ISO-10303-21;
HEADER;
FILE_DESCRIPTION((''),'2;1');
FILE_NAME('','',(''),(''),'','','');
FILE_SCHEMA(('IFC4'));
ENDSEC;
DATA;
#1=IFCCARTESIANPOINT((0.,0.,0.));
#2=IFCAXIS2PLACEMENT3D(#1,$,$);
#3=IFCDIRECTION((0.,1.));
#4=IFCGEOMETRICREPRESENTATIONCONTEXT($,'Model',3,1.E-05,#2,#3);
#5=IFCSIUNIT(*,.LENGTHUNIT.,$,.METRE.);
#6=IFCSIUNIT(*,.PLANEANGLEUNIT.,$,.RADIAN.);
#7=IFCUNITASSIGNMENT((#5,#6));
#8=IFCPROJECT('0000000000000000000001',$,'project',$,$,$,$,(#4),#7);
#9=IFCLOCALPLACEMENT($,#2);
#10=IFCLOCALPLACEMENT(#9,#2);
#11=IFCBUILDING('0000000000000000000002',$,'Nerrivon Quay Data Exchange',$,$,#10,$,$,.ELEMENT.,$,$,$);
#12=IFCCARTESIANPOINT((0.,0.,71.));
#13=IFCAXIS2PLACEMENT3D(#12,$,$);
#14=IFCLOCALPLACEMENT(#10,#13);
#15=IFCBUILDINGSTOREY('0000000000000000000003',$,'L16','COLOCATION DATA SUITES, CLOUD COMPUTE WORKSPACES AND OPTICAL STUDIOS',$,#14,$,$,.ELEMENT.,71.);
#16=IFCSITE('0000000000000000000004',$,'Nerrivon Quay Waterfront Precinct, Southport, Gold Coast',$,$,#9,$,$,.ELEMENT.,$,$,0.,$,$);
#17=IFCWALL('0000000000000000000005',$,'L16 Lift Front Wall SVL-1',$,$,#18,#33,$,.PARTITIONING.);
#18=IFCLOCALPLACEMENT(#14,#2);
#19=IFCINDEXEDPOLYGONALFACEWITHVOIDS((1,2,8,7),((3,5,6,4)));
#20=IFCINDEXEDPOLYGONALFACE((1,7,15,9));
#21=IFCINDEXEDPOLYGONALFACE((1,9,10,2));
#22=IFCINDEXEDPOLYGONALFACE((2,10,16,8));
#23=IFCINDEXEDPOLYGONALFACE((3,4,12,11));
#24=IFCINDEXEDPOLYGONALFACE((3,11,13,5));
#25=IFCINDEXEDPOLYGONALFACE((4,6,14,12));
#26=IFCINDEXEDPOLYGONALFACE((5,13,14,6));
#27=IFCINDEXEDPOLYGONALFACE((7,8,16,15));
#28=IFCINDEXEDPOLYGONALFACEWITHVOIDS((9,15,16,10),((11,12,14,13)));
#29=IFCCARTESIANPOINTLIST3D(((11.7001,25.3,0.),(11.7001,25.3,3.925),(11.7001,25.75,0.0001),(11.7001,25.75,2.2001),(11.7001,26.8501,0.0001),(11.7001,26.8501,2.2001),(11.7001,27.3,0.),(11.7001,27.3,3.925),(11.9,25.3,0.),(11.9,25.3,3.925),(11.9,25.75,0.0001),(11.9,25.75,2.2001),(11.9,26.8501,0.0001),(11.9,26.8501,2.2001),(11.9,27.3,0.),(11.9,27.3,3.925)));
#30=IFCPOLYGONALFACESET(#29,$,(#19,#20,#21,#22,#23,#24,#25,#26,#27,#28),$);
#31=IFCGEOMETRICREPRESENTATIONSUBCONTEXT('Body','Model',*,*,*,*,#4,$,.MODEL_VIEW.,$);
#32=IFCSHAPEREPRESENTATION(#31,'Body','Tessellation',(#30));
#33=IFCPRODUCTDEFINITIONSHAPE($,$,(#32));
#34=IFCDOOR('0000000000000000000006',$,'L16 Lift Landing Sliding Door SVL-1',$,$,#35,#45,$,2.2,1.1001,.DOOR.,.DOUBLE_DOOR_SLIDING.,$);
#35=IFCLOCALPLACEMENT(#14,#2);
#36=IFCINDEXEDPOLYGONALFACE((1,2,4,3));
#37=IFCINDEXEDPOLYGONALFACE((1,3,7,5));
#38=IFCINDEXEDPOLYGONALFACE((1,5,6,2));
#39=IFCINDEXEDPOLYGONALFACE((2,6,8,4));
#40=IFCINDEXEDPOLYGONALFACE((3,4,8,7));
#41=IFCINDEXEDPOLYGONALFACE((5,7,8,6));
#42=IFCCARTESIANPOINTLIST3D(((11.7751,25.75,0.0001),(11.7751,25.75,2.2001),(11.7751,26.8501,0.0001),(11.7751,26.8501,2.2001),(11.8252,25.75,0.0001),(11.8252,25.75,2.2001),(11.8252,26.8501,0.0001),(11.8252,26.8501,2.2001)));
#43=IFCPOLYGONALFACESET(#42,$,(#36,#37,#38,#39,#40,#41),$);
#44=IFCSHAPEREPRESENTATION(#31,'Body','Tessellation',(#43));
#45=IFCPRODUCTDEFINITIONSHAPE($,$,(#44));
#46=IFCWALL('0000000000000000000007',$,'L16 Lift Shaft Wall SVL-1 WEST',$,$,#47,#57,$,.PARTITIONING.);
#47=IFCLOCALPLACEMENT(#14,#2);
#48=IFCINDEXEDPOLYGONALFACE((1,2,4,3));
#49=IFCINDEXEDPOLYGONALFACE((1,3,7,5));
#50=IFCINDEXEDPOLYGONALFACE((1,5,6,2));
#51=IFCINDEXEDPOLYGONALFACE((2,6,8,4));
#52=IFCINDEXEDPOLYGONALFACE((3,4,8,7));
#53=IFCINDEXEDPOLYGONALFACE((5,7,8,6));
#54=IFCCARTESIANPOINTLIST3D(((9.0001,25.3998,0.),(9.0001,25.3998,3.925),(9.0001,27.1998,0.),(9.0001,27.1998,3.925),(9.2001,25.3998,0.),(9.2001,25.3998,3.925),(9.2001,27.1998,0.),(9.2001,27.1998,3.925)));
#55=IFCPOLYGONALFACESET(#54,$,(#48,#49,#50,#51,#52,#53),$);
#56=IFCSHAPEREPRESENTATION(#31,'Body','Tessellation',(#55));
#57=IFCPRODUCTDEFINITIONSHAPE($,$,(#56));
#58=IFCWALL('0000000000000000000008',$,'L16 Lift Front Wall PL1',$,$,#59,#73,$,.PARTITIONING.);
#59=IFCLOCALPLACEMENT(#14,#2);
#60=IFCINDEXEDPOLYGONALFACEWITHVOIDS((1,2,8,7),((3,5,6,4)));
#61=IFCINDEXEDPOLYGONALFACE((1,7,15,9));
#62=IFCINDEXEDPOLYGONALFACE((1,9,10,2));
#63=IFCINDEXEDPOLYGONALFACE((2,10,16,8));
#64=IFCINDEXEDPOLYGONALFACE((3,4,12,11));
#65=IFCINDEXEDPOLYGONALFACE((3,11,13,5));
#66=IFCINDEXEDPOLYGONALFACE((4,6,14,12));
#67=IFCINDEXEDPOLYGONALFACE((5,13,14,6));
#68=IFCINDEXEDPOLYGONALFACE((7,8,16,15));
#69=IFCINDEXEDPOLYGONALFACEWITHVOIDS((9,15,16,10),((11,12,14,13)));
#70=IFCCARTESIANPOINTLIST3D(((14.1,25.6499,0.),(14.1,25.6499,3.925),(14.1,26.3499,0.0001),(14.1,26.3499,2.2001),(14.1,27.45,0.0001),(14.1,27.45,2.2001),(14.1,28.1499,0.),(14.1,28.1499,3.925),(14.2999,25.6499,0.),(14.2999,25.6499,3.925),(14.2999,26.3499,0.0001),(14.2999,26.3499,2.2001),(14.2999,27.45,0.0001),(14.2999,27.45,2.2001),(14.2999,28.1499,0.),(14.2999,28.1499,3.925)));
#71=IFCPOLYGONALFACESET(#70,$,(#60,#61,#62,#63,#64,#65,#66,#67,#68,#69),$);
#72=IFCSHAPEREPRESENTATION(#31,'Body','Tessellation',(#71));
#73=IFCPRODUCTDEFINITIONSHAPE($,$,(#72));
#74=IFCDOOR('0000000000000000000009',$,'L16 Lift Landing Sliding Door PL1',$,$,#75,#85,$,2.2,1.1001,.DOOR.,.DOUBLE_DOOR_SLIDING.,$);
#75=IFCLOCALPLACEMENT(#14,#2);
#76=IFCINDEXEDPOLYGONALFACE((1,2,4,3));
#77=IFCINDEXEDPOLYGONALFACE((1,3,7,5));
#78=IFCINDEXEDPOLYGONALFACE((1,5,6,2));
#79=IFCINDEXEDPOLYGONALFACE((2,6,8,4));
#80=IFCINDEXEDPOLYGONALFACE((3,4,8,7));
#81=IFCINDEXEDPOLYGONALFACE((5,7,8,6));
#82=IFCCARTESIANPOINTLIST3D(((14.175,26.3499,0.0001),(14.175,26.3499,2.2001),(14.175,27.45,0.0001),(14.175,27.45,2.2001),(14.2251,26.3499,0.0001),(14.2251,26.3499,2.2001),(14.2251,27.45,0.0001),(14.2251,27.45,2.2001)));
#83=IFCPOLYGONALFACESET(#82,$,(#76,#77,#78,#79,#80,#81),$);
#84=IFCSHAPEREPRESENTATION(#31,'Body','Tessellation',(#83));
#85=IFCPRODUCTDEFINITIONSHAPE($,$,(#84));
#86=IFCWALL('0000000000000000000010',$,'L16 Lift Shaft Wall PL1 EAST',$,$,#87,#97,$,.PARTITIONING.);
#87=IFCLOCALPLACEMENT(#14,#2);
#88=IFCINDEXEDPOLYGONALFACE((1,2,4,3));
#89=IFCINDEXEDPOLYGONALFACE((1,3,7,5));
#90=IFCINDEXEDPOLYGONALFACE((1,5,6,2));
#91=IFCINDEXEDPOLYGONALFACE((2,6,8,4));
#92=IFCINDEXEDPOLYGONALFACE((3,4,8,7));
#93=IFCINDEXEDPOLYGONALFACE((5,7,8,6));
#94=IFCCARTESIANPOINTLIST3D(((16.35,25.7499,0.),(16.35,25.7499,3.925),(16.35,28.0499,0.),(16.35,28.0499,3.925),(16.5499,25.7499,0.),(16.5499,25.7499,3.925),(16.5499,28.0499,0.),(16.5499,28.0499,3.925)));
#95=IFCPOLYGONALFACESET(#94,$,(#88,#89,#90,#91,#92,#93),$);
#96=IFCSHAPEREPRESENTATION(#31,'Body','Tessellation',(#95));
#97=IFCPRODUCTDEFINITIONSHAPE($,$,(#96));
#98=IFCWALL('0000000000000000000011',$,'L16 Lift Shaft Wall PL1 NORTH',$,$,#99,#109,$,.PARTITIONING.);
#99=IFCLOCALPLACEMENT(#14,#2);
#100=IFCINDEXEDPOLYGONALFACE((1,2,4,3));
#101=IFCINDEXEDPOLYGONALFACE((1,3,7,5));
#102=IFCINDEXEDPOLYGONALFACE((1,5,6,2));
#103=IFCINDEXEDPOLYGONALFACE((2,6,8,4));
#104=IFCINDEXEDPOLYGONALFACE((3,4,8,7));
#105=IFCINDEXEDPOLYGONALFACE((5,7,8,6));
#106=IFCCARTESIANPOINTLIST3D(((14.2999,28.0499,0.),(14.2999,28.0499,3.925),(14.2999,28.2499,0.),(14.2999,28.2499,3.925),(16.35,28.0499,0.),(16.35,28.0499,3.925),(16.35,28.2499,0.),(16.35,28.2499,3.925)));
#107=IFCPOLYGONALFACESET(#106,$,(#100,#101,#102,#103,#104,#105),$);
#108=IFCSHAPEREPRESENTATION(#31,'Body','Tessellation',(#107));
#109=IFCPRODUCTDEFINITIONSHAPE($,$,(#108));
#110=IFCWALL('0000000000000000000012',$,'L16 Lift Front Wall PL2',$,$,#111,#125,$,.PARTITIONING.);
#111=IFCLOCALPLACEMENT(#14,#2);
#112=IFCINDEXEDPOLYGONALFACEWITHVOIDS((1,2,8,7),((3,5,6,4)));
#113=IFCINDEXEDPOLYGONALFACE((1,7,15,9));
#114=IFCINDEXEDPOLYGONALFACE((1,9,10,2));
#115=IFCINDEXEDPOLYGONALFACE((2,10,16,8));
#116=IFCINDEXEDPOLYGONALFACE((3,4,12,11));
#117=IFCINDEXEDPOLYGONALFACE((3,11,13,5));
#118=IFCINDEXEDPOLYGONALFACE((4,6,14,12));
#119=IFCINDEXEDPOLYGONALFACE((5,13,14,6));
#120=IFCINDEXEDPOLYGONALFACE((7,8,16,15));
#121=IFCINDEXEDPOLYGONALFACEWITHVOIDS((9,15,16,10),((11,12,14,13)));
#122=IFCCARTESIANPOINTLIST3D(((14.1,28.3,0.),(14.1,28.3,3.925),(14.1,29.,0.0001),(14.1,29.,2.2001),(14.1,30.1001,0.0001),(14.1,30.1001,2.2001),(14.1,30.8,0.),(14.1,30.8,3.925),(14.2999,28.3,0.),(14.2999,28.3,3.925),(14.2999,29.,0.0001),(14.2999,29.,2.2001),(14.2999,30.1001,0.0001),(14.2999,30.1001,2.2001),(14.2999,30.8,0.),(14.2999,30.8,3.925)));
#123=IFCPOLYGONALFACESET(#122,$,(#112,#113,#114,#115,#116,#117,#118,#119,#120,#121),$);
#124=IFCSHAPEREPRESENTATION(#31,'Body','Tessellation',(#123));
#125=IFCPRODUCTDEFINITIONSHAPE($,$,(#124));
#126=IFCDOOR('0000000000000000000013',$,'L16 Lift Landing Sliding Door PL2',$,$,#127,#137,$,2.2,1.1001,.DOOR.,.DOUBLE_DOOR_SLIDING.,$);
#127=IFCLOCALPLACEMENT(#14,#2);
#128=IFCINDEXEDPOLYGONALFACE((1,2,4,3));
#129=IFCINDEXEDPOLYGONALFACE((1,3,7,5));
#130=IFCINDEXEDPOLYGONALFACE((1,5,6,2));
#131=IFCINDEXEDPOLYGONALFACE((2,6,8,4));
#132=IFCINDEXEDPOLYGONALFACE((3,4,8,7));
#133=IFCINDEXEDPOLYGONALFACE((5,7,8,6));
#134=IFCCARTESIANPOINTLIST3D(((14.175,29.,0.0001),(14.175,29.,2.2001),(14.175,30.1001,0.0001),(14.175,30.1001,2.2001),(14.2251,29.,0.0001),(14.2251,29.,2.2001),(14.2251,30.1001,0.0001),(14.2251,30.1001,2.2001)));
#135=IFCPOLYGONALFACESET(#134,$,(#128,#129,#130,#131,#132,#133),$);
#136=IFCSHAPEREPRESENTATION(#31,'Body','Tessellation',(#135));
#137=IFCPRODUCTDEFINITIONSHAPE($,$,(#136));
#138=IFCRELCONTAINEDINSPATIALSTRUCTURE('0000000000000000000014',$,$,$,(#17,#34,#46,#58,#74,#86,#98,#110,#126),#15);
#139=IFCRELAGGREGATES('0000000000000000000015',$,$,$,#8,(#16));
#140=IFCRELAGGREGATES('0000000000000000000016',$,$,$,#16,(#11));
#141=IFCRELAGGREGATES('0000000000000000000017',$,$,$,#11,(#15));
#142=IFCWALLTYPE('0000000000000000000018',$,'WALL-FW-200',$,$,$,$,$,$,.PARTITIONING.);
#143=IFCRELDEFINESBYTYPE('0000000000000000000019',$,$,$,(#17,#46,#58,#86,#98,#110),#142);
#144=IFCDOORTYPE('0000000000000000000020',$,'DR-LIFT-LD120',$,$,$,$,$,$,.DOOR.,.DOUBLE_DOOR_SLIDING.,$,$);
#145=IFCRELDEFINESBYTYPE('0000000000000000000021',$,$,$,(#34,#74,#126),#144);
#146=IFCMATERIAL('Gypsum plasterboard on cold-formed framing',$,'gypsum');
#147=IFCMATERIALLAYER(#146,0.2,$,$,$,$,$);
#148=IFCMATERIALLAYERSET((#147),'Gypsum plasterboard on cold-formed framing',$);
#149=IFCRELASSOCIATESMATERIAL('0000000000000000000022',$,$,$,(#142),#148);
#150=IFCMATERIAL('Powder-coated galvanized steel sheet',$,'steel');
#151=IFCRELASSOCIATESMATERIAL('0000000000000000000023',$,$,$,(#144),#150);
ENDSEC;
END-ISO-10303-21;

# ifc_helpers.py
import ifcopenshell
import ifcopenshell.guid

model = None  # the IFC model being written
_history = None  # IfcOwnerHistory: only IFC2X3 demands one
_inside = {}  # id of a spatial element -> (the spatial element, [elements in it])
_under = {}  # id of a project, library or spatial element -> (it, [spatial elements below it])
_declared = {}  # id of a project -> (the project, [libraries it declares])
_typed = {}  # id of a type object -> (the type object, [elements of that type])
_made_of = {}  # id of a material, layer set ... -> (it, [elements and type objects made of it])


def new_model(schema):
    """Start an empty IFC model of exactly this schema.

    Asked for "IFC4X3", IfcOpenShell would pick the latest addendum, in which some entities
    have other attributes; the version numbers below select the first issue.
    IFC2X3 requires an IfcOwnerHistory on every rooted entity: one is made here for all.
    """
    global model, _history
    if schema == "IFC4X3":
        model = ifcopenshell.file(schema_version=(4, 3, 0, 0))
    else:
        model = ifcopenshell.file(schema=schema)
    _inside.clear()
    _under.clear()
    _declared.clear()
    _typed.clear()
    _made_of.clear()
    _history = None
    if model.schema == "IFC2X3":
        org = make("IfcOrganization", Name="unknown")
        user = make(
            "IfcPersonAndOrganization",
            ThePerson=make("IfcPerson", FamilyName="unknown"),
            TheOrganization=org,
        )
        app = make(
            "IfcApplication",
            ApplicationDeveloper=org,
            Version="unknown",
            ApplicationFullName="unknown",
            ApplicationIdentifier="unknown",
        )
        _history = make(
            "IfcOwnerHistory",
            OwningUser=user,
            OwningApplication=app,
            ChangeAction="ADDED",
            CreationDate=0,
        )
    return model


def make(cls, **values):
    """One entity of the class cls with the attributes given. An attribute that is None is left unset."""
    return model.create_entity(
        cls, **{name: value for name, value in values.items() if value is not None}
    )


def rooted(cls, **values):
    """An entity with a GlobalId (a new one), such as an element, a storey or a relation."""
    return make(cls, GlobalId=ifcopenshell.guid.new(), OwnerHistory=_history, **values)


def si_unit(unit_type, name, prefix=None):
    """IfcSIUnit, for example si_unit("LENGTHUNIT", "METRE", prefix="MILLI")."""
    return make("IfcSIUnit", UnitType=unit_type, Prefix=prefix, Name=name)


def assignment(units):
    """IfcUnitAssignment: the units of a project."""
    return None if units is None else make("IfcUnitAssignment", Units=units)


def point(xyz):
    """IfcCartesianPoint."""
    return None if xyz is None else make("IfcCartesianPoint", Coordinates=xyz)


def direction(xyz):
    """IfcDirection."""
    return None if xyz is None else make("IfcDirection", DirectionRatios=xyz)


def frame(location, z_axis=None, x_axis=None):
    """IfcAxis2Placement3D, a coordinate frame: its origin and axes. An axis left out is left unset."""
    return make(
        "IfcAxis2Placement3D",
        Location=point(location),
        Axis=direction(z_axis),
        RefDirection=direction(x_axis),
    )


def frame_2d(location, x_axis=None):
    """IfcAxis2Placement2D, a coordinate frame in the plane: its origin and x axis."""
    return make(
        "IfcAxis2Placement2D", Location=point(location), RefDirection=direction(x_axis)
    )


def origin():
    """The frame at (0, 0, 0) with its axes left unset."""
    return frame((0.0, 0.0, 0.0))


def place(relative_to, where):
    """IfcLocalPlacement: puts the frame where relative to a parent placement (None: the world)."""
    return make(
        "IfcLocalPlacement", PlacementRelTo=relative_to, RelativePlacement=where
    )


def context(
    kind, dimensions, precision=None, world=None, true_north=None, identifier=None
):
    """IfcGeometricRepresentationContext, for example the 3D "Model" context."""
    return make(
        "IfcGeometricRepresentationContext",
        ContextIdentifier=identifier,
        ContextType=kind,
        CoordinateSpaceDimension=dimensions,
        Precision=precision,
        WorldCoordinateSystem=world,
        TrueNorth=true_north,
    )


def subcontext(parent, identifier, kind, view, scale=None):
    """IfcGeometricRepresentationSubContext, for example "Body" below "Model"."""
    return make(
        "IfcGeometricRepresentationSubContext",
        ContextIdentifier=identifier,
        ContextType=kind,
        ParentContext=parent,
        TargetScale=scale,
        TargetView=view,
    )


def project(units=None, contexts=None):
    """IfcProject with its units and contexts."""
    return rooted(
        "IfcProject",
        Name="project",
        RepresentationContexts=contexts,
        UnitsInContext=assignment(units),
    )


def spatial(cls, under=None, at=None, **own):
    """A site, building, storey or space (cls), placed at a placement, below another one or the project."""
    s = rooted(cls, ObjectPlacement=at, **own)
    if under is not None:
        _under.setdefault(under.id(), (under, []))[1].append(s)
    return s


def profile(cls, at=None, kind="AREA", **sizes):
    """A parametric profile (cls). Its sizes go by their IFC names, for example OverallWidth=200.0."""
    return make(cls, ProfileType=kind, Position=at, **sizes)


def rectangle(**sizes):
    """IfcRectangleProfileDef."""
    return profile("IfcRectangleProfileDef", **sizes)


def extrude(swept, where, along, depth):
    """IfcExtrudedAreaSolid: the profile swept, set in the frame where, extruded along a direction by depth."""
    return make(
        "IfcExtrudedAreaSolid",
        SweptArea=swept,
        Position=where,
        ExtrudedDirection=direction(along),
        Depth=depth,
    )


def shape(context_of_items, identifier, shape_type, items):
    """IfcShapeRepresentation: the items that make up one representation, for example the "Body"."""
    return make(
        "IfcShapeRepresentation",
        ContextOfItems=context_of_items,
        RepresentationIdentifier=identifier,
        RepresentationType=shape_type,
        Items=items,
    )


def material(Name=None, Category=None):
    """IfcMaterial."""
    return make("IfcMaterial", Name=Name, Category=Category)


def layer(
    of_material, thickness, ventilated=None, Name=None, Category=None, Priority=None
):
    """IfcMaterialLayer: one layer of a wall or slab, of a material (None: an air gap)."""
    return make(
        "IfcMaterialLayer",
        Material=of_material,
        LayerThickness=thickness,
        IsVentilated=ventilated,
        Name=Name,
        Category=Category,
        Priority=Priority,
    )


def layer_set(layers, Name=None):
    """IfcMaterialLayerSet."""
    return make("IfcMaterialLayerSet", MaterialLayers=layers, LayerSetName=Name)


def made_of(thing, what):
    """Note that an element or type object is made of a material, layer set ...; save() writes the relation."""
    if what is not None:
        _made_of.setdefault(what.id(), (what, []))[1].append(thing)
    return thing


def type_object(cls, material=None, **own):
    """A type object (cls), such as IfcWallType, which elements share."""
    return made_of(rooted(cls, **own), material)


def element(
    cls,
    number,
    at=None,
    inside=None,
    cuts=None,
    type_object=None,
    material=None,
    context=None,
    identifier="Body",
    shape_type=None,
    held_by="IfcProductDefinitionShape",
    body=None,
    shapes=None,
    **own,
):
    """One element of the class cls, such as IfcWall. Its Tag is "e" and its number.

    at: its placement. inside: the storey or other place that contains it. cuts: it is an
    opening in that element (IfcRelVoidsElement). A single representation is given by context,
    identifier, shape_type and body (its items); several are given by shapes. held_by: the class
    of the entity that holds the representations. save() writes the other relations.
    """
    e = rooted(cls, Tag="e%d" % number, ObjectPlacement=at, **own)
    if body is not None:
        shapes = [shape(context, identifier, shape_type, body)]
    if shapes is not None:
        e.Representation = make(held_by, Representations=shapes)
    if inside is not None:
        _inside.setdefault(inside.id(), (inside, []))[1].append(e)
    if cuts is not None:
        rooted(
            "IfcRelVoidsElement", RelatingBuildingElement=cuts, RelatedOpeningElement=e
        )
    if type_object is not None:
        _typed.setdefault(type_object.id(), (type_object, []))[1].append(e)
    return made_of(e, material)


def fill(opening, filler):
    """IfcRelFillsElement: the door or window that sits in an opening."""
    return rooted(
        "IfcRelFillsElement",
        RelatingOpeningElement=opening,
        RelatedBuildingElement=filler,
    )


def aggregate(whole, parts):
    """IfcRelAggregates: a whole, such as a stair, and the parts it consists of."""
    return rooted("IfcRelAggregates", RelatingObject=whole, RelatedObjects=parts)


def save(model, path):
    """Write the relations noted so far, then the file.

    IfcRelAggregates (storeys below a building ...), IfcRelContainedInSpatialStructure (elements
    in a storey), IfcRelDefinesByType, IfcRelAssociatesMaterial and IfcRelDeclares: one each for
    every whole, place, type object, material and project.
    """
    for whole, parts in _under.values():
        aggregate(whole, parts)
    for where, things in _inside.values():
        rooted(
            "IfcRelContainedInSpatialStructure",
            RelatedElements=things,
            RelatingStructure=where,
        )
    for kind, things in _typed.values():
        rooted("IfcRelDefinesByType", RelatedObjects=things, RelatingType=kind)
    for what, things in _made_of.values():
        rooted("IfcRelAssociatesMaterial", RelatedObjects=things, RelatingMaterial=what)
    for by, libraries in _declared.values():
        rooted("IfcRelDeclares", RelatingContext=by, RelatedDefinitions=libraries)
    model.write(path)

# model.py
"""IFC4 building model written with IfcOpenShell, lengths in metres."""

from ifc_helpers import new_model, si_unit, direction, frame, frame_2d, origin, place, context, subcontext, project, spatial, rectangle, extrude, material, layer, layer_set, type_object, element, fill, save


model = new_model("IFC4")

# Units and contexts
model_context = context("Model", 3, precision=1e-05, world=origin(), true_north=direction((0.0, 1.0)))
body_context = subcontext(model_context, "Body", "Model", "MODEL_VIEW")
ifc_project = project(units=[si_unit("LENGTHUNIT", "METRE"), si_unit("PLANEANGLEUNIT", "RADIAN")], contexts=[model_context])

# Site, building, storey
site_placement = place(None, origin())
site = spatial("IfcSite", under=ifc_project, at=site_placement, Name="Nerrivon Quay Waterfront Precinct, Southport, Gold Coast", CompositionType="ELEMENT", RefElevation=0.0)
building_placement = place(site_placement, origin())
building = spatial("IfcBuilding", under=site, at=building_placement, Name="Nerrivon Quay Data Exchange", CompositionType="ELEMENT")
storey_placement = place(building_placement, frame((0.0, 0.0, 71.0)))
storey = spatial("IfcBuildingStorey", under=building, at=storey_placement, Name="L16", Description="COLOCATION DATA SUITES, CLOUD COMPUTE WORKSPACES AND OPTICAL STUDIOS", CompositionType="ELEMENT", Elevation=71.0)

# Shared definitions
ifc_material_1 = material(Name="Powder-coated galvanized steel sheet", Category="steel")
ifc_material_2 = material(Name="Gypsum plasterboard on cold-formed framing", Category="gypsum")
ifc_layer_1 = layer(ifc_material_2, 0.2)
ifc_layer_set_1 = layer_set([ifc_layer_1], Name="Gypsum plasterboard on cold-formed framing")
wall_type_1 = type_object("IfcWallType", Name="WALL-FW-200", PredefinedType="PARTITIONING", material=ifc_layer_set_1)
door_type_1 = type_object("IfcDoorType", Name="DR-LIFT-LD120", OperationType="DOUBLE_DOOR_SLIDING", PredefinedType="DOOR", material=ifc_material_1)

# Wall, opening, door
wall_1_placement = place(storey_placement, frame((11.8, 25.3, 0.0), z_axis=(0.0, 0.0, 1.0), x_axis=(0.0, 1.0, 0.0)))
wall_1 = element("IfcWall", 1, at=wall_1_placement, inside=storey, type_object=wall_type_1, Name="L16 Lift Front Wall SVL-1", PredefinedType="PARTITIONING", context=body_context, shape_type="SweptSolid", body=[
    extrude(rectangle(XDim=2.0, YDim=0.2, at=frame_2d((1.0, 0.0))), origin(), (0.0, 0.0, 1.0), 3.925),
])
opening_1_placement = place(wall_1_placement, frame((0.45, 0.0, 0.0)))
opening_1 = element("IfcOpeningElement", 2, at=opening_1_placement, cuts=wall_1, PredefinedType="OPENING", context=body_context, shape_type="SweptSolid", body=[
    extrude(rectangle(XDim=1.1001, YDim=2.2, at=frame_2d((0.55, 1.1001))), frame((0.0, 0.1099, 0.0), z_axis=(0.0, -1.0, 0.0), x_axis=(1.0, 0.0, 0.0)), (0.0, 0.0, 1.0), 0.22),
])
door_1_placement = place(opening_1_placement, origin())
door_1 = element("IfcDoor", 3, at=door_1_placement, inside=storey, type_object=door_type_1, Name="L16 Lift Landing Sliding Door SVL-1", OperationType="DOUBLE_DOOR_SLIDING", OverallHeight=2.2, OverallWidth=1.1001, PredefinedType="DOOR", context=body_context, shape_type="SweptSolid", body=[
    extrude(rectangle(XDim=1.1001, YDim=2.2, at=frame_2d((0.55, 1.1001))), frame((0.0, 0.0249, 0.0), z_axis=(0.0, -1.0, 0.0), x_axis=(1.0, 0.0, 0.0)), (0.0, 0.0, 1.0), 0.05),
])
fill(opening_1, door_1)

# Wall
wall_2_placement = place(storey_placement, frame((9.1001, 25.3999, 0.0), z_axis=(0.0, 0.0, 1.0), x_axis=(0.0, 1.0, 0.0)))
element("IfcWall", 4, at=wall_2_placement, inside=storey, type_object=wall_type_1, Name="L16 Lift Shaft Wall SVL-1 WEST", PredefinedType="PARTITIONING", context=body_context, shape_type="SweptSolid", body=[
    extrude(rectangle(XDim=1.8, YDim=0.2, at=frame_2d((0.8999, 0.0))), origin(), (0.0, 0.0, 1.0), 3.925),
])

# Wall, opening, door
wall_3_placement = place(storey_placement, frame((14.2, 25.6499, 0.0), z_axis=(0.0, 0.0, 1.0), x_axis=(0.0, 1.0, 0.0)))
wall_3 = element("IfcWall", 5, at=wall_3_placement, inside=storey, type_object=wall_type_1, Name="L16 Lift Front Wall PL1", PredefinedType="PARTITIONING", context=body_context, shape_type="SweptSolid", body=[
    extrude(rectangle(XDim=2.5, YDim=0.2, at=frame_2d((1.25, 0.0))), origin(), (0.0, 0.0, 1.0), 3.925),
])
opening_2_placement = place(wall_3_placement, frame((0.7, 0.0, 0.0)))
opening_2 = element("IfcOpeningElement", 6, at=opening_2_placement, cuts=wall_3, PredefinedType="OPENING", context=body_context, shape_type="SweptSolid", body=[
    extrude(rectangle(XDim=1.1001, YDim=2.2, at=frame_2d((0.55, 1.1001))), frame((0.0, 0.1099, 0.0), z_axis=(0.0, -1.0, 0.0), x_axis=(1.0, 0.0, 0.0)), (0.0, 0.0, 1.0), 0.22),
])
door_2_placement = place(opening_2_placement, origin())
door_2 = element("IfcDoor", 7, at=door_2_placement, inside=storey, type_object=door_type_1, Name="L16 Lift Landing Sliding Door PL1", OperationType="DOUBLE_DOOR_SLIDING", OverallHeight=2.2, OverallWidth=1.1001, PredefinedType="DOOR", context=body_context, shape_type="SweptSolid", body=[
    extrude(rectangle(XDim=1.1001, YDim=2.2, at=frame_2d((0.55, 1.1001))), frame((0.0, 0.0249, 0.0), z_axis=(0.0, -1.0, 0.0), x_axis=(1.0, 0.0, 0.0)), (0.0, 0.0, 1.0), 0.05),
])
fill(opening_2, door_2)

# Walls
wall_4_placement = place(storey_placement, frame((16.45, 25.75, 0.0), z_axis=(0.0, 0.0, 1.0), x_axis=(0.0, 1.0, 0.0)))
element("IfcWall", 8, at=wall_4_placement, inside=storey, type_object=wall_type_1, Name="L16 Lift Shaft Wall PL1 EAST", PredefinedType="PARTITIONING", context=body_context, shape_type="SweptSolid", body=[
    extrude(rectangle(XDim=2.3, YDim=0.2, at=frame_2d((1.1499, 0.0))), origin(), (0.0, 0.0, 1.0), 3.925),
])
wall_5_placement = place(storey_placement, frame((14.3, 28.1499, 0.0), z_axis=(0.0, 0.0, 1.0), x_axis=(1.0, 0.0, 0.0)))
element("IfcWall", 9, at=wall_5_placement, inside=storey, type_object=wall_type_1, Name="L16 Lift Shaft Wall PL1 NORTH", PredefinedType="PARTITIONING", context=body_context, shape_type="SweptSolid", body=[
    extrude(rectangle(XDim=2.05, YDim=0.2, at=frame_2d((1.0249, 0.0))), origin(), (0.0, 0.0, 1.0), 3.925),
])

# Wall, opening, door
wall_6_placement = place(storey_placement, frame((14.2, 28.3, 0.0), z_axis=(0.0, 0.0, 1.0), x_axis=(0.0, 1.0, 0.0)))
wall_6 = element("IfcWall", 10, at=wall_6_placement, inside=storey, type_object=wall_type_1, Name="L16 Lift Front Wall PL2", PredefinedType="PARTITIONING", context=body_context, shape_type="SweptSolid", body=[
    extrude(rectangle(XDim=2.5, YDim=0.2, at=frame_2d((1.25, 0.0))), origin(), (0.0, 0.0, 1.0), 3.925),
])
opening_3_placement = place(wall_6_placement, frame((0.7, 0.0, 0.0)))
opening_3 = element("IfcOpeningElement", 11, at=opening_3_placement, cuts=wall_6, PredefinedType="OPENING", context=body_context, shape_type="SweptSolid", body=[
    extrude(rectangle(XDim=1.1001, YDim=2.2, at=frame_2d((0.55, 1.1001))), frame((0.0, 0.1099, 0.0), z_axis=(0.0, -1.0, 0.0), x_axis=(1.0, 0.0, 0.0)), (0.0, 0.0, 1.0), 0.22),
])
door_3_placement = place(opening_3_placement, origin())
door_3 = element("IfcDoor", 12, at=door_3_placement, inside=storey, type_object=door_type_1, Name="L16 Lift Landing Sliding Door PL2", OperationType="DOUBLE_DOOR_SLIDING", OverallHeight=2.2, OverallWidth=1.1001, PredefinedType="DOOR", context=body_context, shape_type="SweptSolid", body=[
    extrude(rectangle(XDim=1.1001, YDim=2.2, at=frame_2d((0.55, 1.1001))), frame((0.0, 0.0249, 0.0), z_axis=(0.0, -1.0, 0.0), x_axis=(1.0, 0.0, 0.0)), (0.0, 0.0, 1.0), 0.05),
])
fill(opening_3, door_3)

save(model, "model.ifc")
